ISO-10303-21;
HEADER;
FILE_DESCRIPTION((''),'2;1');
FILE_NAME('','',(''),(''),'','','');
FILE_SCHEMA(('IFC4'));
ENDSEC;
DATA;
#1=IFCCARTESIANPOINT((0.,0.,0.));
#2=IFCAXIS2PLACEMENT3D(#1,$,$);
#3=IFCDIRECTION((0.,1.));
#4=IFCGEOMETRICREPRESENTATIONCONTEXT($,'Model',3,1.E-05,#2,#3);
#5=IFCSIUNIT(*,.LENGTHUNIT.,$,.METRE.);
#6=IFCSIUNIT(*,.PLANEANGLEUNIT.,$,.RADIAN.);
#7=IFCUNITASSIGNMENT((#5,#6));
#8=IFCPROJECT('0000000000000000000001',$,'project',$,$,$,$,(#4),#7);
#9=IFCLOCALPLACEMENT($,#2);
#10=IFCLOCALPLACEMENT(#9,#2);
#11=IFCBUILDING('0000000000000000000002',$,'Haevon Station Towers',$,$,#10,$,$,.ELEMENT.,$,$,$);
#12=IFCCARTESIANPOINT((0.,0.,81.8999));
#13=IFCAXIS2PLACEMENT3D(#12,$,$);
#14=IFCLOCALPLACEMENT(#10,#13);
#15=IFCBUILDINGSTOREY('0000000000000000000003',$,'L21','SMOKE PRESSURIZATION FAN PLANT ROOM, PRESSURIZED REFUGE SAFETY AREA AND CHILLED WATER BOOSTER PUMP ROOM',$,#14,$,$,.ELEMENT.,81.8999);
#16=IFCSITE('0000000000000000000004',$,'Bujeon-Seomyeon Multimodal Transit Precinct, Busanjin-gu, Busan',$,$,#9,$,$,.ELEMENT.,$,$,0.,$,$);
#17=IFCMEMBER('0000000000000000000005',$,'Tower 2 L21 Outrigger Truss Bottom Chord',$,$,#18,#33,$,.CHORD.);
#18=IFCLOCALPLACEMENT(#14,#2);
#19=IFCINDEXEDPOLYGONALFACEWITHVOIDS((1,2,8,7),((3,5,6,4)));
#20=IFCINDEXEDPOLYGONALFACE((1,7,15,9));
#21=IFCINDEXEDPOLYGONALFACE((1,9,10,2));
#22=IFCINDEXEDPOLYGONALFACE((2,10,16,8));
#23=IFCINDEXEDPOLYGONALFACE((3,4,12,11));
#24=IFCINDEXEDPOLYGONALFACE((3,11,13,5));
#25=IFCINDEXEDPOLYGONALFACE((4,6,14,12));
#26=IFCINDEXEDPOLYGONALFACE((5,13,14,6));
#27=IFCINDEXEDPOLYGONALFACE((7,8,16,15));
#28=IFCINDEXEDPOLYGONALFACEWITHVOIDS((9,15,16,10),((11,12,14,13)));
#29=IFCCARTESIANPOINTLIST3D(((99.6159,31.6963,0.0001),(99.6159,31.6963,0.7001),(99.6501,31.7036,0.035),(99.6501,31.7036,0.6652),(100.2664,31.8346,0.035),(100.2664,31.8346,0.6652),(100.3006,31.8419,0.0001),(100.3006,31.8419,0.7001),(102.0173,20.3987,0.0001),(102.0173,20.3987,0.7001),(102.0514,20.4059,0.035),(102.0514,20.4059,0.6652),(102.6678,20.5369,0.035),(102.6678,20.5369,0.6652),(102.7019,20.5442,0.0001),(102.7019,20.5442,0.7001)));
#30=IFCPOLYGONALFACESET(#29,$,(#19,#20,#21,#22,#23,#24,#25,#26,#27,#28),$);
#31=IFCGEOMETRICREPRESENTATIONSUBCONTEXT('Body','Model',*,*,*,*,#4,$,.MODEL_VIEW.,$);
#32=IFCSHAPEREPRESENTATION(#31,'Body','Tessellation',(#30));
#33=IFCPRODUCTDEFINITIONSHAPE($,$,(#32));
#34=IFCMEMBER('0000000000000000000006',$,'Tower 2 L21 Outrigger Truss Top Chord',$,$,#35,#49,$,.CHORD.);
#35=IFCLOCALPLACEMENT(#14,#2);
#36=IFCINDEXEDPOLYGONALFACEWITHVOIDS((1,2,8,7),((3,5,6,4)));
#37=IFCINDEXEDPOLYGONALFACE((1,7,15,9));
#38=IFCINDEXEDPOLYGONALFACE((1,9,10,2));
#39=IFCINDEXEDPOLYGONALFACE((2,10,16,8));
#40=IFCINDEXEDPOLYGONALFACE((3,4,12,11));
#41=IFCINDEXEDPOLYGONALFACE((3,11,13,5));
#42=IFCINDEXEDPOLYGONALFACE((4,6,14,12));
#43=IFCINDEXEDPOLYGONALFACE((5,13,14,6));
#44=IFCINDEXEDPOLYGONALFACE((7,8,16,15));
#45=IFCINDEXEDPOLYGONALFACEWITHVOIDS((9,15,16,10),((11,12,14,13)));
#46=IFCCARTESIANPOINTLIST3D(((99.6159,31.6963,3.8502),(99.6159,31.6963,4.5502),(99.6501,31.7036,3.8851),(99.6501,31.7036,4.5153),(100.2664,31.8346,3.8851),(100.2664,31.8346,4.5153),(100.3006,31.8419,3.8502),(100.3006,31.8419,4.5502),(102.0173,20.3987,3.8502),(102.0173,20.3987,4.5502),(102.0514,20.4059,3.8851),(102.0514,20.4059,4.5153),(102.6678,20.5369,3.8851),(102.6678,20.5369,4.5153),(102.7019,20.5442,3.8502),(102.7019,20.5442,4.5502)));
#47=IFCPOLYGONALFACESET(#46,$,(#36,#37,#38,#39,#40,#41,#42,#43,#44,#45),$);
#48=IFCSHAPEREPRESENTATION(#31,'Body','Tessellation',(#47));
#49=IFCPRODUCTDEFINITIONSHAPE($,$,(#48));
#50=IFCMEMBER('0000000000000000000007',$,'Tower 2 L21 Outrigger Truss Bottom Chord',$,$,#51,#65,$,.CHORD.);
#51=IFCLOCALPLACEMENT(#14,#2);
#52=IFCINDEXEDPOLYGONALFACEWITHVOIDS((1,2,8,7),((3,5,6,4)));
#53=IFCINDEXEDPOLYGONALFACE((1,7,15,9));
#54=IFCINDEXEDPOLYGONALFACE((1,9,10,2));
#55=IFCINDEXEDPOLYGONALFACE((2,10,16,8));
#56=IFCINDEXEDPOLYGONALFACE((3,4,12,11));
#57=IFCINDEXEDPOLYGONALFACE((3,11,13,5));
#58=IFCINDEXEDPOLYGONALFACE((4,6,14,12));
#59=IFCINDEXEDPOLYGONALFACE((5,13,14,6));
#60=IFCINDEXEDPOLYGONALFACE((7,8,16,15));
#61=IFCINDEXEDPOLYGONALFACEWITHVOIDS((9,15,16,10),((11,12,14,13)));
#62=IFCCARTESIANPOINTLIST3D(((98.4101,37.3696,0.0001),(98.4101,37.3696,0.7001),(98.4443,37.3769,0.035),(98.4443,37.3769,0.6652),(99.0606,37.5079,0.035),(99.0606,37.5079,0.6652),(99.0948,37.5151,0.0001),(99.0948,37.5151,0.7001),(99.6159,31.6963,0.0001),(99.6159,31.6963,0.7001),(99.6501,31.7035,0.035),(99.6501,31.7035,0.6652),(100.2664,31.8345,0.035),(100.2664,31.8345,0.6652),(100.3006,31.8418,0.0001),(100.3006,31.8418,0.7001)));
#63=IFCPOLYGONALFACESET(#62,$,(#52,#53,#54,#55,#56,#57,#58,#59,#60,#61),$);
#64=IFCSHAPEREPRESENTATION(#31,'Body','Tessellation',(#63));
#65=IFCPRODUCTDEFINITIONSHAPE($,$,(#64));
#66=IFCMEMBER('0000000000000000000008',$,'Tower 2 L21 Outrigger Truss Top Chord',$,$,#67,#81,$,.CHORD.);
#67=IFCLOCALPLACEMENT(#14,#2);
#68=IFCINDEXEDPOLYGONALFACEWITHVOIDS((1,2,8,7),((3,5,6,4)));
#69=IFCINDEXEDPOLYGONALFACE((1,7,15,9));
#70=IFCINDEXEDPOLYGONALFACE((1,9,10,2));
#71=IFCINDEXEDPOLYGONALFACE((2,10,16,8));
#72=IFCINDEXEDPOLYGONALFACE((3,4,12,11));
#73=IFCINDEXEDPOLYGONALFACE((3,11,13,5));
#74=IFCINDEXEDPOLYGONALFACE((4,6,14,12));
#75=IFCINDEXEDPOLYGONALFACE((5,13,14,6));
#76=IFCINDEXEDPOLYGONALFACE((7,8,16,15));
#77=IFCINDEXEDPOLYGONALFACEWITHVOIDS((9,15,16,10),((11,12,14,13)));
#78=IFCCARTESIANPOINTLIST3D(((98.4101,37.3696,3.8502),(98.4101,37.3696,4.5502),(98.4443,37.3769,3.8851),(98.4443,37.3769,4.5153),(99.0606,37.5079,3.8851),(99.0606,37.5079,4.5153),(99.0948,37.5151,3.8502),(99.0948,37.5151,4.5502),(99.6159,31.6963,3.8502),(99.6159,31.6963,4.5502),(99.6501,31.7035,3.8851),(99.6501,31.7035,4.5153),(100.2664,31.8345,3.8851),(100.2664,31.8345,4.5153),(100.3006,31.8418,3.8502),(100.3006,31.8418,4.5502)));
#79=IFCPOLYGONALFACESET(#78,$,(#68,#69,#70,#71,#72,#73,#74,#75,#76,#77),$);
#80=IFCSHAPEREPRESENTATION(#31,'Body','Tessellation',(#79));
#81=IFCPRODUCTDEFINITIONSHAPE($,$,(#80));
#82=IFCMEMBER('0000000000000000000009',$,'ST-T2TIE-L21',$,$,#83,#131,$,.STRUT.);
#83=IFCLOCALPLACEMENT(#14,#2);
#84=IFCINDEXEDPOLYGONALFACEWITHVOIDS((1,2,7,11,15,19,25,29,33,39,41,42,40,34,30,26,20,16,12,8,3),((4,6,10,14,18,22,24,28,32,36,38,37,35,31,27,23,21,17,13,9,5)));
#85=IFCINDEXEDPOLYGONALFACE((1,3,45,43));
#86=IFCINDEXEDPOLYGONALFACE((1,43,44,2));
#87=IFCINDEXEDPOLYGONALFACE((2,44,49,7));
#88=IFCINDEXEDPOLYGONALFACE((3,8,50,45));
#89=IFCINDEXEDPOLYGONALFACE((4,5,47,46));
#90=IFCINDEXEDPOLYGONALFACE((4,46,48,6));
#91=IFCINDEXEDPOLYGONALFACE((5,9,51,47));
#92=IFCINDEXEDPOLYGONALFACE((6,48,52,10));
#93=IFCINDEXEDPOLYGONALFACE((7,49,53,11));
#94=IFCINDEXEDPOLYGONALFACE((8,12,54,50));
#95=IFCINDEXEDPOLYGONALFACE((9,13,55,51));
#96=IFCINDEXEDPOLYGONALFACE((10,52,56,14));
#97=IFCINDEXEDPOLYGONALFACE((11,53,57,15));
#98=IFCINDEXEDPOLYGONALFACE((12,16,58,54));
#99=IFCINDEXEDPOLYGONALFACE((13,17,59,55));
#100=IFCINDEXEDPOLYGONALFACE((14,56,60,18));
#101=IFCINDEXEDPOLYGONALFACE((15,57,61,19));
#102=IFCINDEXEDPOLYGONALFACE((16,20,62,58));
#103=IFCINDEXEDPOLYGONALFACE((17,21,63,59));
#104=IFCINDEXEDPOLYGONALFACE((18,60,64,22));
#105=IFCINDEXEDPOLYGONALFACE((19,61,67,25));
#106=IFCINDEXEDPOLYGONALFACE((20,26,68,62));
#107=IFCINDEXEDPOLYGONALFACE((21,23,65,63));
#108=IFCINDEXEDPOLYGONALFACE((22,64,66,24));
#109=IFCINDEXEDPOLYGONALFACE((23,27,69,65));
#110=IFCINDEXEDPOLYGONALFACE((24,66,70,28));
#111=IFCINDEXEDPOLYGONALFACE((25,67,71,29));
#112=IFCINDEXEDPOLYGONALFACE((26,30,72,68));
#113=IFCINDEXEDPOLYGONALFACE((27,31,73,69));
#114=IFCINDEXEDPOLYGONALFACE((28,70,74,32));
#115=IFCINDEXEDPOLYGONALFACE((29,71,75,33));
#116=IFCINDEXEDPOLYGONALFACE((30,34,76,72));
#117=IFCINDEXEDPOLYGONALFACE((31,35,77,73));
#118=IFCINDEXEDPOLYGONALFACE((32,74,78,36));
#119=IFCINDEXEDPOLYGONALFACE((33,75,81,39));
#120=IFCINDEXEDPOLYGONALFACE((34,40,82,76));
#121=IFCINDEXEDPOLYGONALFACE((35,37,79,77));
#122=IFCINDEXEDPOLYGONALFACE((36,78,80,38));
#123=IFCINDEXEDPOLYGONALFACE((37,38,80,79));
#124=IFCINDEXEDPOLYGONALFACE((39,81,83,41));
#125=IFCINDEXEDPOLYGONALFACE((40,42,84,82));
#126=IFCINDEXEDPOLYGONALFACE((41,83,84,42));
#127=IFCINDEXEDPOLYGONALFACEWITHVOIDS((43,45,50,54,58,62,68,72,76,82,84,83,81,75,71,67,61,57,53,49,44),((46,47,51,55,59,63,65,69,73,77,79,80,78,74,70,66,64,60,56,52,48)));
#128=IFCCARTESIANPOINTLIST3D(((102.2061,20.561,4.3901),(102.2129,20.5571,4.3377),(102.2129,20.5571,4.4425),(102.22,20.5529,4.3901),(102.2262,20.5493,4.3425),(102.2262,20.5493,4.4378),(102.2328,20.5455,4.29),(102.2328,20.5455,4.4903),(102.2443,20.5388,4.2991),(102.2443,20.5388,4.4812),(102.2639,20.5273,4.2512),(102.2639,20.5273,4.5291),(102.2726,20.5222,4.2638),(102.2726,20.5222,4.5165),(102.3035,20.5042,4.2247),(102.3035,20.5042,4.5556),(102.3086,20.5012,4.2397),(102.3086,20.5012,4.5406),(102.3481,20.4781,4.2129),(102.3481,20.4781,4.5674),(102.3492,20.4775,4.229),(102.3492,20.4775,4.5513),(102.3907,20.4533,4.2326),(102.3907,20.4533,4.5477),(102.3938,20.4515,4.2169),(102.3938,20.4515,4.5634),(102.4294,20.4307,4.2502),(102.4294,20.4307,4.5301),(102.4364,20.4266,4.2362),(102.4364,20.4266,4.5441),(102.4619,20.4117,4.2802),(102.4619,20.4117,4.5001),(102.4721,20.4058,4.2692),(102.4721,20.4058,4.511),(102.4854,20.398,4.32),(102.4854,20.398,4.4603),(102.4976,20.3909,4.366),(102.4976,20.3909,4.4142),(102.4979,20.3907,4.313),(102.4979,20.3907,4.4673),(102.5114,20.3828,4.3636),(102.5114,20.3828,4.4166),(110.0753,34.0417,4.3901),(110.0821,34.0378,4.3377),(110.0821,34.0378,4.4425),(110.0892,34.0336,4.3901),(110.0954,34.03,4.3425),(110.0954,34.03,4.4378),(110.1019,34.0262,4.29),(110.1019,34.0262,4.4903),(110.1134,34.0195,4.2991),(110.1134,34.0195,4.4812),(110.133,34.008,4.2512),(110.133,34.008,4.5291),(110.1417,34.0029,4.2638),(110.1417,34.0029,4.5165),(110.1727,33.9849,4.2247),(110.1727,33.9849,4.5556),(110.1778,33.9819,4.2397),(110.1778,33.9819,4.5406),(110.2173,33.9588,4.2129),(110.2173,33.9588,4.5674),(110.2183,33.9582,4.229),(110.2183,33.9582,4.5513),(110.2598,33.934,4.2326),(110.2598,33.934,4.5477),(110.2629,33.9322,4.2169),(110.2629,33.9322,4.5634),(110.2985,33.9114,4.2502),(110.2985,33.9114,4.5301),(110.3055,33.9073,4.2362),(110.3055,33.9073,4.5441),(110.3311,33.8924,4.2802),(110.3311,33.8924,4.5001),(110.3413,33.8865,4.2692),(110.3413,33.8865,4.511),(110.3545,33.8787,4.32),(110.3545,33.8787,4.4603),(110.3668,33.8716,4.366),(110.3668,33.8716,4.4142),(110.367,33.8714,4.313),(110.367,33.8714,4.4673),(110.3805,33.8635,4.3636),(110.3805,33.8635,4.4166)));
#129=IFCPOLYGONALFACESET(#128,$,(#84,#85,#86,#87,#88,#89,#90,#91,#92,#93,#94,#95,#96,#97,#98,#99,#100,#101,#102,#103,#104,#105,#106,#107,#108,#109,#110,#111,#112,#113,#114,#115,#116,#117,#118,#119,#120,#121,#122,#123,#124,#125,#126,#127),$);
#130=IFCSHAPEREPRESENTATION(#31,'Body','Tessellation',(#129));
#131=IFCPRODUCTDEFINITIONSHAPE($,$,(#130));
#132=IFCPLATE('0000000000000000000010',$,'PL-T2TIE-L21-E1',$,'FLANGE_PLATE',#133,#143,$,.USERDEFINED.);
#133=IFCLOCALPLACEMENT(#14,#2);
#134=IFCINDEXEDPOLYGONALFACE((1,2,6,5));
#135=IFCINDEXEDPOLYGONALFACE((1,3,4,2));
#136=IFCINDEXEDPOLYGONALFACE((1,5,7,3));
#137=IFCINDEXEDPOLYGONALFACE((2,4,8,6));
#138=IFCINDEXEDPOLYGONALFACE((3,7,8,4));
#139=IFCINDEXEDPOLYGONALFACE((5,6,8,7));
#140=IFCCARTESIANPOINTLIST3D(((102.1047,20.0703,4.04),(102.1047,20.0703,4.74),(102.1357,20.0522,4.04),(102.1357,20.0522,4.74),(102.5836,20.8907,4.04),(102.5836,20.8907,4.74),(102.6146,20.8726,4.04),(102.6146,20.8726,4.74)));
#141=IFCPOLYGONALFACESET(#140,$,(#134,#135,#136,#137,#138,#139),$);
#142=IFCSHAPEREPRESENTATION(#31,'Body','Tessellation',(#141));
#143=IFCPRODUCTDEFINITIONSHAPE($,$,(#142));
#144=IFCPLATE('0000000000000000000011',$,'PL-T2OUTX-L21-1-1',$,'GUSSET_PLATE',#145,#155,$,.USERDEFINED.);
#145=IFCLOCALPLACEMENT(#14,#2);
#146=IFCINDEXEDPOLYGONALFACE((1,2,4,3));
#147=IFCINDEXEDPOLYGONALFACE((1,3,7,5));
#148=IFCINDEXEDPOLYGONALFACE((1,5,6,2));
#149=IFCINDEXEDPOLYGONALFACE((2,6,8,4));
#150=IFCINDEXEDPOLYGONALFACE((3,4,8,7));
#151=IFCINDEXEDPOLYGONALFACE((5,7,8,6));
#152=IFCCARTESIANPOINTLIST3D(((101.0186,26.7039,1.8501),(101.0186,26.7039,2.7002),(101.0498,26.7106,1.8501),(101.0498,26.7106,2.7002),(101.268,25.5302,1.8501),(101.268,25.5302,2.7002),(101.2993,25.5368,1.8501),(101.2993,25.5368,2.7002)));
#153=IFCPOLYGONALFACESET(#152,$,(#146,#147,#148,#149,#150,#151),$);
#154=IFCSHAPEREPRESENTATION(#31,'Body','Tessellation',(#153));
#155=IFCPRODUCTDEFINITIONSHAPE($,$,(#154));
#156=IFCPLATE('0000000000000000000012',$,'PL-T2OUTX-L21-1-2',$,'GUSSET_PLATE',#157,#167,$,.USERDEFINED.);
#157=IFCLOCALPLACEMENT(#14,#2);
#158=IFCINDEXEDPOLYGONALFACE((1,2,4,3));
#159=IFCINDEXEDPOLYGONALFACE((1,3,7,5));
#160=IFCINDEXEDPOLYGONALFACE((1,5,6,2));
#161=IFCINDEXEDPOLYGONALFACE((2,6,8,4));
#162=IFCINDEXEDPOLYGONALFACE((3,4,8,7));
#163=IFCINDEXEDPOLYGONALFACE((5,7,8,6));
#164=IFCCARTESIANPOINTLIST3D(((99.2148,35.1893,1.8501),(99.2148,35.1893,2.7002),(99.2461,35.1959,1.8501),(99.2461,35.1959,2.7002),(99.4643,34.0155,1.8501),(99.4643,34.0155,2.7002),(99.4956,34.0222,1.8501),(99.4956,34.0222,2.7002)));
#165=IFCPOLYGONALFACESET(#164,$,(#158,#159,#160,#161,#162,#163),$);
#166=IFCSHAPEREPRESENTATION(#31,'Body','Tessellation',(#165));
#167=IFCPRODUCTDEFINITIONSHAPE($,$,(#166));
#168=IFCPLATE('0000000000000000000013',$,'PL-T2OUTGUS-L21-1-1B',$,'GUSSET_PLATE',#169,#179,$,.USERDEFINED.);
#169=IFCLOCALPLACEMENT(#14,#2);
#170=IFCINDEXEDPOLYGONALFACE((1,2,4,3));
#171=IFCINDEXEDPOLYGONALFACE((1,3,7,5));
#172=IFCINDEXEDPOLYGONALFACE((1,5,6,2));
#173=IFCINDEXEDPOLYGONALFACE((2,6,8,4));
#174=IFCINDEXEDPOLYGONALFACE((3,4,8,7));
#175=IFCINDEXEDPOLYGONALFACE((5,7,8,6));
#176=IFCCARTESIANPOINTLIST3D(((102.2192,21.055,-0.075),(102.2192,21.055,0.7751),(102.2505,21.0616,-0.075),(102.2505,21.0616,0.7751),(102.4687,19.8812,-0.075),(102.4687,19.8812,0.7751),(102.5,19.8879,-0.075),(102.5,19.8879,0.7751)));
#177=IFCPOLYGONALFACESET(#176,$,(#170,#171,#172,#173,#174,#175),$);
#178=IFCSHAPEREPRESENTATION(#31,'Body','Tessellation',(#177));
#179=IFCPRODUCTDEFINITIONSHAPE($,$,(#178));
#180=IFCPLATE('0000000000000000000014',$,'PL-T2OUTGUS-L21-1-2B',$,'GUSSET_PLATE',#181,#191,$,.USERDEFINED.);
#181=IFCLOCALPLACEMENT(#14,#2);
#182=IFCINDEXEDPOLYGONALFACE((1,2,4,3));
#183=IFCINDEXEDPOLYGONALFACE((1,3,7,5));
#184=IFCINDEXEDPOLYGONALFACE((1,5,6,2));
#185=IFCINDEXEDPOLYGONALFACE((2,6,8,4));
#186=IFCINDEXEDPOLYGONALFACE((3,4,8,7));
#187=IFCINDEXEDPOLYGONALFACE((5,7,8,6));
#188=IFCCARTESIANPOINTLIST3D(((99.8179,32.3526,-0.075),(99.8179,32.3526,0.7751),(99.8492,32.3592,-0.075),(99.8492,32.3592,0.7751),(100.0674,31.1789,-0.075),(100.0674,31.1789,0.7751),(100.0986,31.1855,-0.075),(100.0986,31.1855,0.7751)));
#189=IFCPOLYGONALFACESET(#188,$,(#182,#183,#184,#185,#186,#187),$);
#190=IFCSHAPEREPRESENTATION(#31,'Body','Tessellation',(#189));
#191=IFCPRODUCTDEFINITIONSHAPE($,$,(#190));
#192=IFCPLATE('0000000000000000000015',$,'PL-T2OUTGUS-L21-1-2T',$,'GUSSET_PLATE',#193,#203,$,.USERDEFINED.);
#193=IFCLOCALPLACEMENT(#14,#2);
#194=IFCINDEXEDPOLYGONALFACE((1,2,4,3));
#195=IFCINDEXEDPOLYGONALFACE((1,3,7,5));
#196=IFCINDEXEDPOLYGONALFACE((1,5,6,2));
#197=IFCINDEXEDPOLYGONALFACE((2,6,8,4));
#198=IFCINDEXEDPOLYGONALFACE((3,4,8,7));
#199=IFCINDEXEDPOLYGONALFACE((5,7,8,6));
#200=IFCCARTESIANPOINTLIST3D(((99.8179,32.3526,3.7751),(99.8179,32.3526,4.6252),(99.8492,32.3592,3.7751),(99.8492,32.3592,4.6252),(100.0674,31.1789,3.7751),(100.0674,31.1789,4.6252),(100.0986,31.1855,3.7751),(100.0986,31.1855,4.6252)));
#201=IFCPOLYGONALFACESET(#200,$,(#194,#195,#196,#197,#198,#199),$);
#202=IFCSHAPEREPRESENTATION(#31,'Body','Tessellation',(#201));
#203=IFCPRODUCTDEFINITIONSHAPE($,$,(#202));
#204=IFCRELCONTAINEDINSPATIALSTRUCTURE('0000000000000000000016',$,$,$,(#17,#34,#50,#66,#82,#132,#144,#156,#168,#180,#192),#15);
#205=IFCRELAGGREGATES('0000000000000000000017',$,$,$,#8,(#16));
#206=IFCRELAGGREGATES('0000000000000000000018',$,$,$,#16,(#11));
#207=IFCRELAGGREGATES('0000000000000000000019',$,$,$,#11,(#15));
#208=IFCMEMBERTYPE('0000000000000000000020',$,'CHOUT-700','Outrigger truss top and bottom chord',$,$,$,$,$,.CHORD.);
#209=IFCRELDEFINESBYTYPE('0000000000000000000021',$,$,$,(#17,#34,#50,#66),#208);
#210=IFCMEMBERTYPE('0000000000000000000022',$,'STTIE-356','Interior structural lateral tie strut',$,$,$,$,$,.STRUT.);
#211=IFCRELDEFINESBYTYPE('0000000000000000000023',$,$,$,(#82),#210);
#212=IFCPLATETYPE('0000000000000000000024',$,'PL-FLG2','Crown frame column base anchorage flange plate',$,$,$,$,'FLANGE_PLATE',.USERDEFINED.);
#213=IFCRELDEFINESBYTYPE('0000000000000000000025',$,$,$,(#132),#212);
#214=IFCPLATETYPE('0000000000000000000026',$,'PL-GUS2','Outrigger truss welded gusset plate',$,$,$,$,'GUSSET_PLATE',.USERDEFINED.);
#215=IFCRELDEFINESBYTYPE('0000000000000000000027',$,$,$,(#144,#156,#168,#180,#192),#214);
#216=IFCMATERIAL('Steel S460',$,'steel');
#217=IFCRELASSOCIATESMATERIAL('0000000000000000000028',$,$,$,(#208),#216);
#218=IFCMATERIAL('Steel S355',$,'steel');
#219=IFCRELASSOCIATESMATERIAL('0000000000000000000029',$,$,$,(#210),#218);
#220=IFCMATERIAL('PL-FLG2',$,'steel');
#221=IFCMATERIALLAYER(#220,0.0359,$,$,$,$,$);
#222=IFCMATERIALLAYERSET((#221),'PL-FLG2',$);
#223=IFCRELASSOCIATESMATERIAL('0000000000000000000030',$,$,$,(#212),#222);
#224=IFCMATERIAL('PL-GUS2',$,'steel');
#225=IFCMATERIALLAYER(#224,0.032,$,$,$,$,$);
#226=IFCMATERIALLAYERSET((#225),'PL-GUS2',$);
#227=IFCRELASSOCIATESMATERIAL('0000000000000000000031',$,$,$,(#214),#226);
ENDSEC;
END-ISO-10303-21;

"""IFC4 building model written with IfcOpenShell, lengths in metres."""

from ifc_helpers import new_model, si_unit, direction, frame, origin, origin_2d, place, context, subcontext, project, spatial, rectangle, hollow_rectangle, hollow_circle, extrude, material, layer, layer_set, material_profile, profile_set, type_object, element, save


model = new_model("IFC4")

# Units and contexts
model_context = context("Model", 3, precision=1e-05, world=origin(), true_north=direction((0.0, 1.0)))
body_context = subcontext(model_context, "Body", "Model", "MODEL_VIEW")
ifc_project = project(units=[si_unit("LENGTHUNIT", "METRE"), si_unit("PLANEANGLEUNIT", "RADIAN")], contexts=[model_context])

# Site, building, storey
site_placement = place(None, origin())
site = spatial("IfcSite", under=ifc_project, at=site_placement, Name="Bujeon-Seomyeon Multimodal Transit Precinct, Busanjin-gu, Busan", CompositionType="ELEMENT", RefElevation=0.0)
building_placement = place(site_placement, origin())
building = spatial("IfcBuilding", under=site, at=building_placement, Name="Haevon Station Towers", CompositionType="ELEMENT")
storey_placement = place(building_placement, frame((0.0, 0.0, 81.8999)))
storey = spatial("IfcBuildingStorey", under=building, at=storey_placement, Name="L21", Description="SMOKE PRESSURIZATION FAN PLANT ROOM, PRESSURIZED REFUGE SAFETY AREA AND CHILLED WATER BOOSTER PUMP ROOM", CompositionType="ELEMENT", Elevation=81.8999)

# Shared definitions
ifc_material_1 = material(Name="Steel S460", Category="steel")

# Shared definitions
ifc_material_2 = material(Name="Steel S355", Category="steel")

# Members
ifc_material_profile_1 = material_profile(ifc_material_1, hollow_rectangle(XDim=0.7, YDim=0.7, WallThickness=0.0349, at=origin_2d()), Name="RHS-700x700x35")
ifc_profile_set_1 = profile_set([ifc_material_profile_1], Name="Steel S460")
member_type_1 = type_object("IfcMemberType", Name="CHOUT-700", Description="Outrigger truss top and bottom chord", PredefinedType="CHORD", material=ifc_profile_set_1)
for number, where, z_axis, x_axis, name in (
    (1, (102.3596, 20.4714, 0.3501), (-0.207911, 0.978148, 0.0), (-0.978148, -0.207911, 0.0), "Tower 2 L21 Outrigger Truss Bottom Chord"),
    (2, (102.3596, 20.4714, 4.2002), (-0.207911, 0.978148, 0.0), (-0.978148, -0.207911, 0.0), "Tower 2 L21 Outrigger Truss Top Chord"),
):
    element("IfcMember", number, at=place(storey_placement, frame(where, z_axis=z_axis, x_axis=x_axis)), inside=storey, type_object=member_type_1, Name=name, PredefinedType="CHORD", context=body_context, shape_type="SweptSolid", body=[
        extrude(hollow_rectangle(XDim=0.7, YDim=0.7, WallThickness=0.0349, at=origin_2d()), origin(), (0.0, 0.0, 1.0), 11.55),
    ])
for number, where, z_axis, x_axis, name in (
    (3, (99.9583, 31.769, 0.3501), (-0.207896, 0.978151, 0.0), (-0.978151, -0.207896, 0.0), "Tower 2 L21 Outrigger Truss Bottom Chord"),
    (4, (99.9583, 31.769, 4.2002), (-0.207896, 0.978151, 0.0), (-0.978151, -0.207896, 0.0), "Tower 2 L21 Outrigger Truss Top Chord"),
):
    element("IfcMember", number, at=place(storey_placement, frame(where, z_axis=z_axis, x_axis=x_axis)), inside=storey, type_object=member_type_1, Name=name, PredefinedType="CHORD", context=body_context, shape_type="SweptSolid", body=[
        extrude(hollow_rectangle(XDim=0.7, YDim=0.7, WallThickness=0.0349, at=origin_2d()), origin(), (0.0, 0.0, 1.0), 5.8),
    ])
ifc_material_profile_2 = material_profile(ifc_material_2, hollow_circle(Radius=0.1777, WallThickness=0.0161, at=origin_2d()), Name="CHS-355.6x16")
ifc_profile_set_2 = profile_set([ifc_material_profile_2], Name="Steel S355")
member_type_2 = type_object("IfcMemberType", Name="STTIE-356", Description="Interior structural lateral tie strut", PredefinedType="STRUT", material=ifc_profile_set_2)
member_1_placement = place(storey_placement, frame((102.3596, 20.4714, 4.3901), z_axis=(0.504129, 0.863629, 0.0), x_axis=(-0.863629, 0.504129, 0.0)))
element("IfcMember", 5, at=member_1_placement, inside=storey, type_object=member_type_2, Name="ST-T2TIE-L21", PredefinedType="STRUT", context=body_context, shape_type="SweptSolid", body=[
    extrude(hollow_circle(Radius=0.1777, WallThickness=0.0161, at=origin_2d()), origin(), (0.0, 0.0, 1.0), 15.6094),
])

# Plates
ifc_material_3 = material(Name="PL-FLG2", Category="steel")
ifc_layer_1 = layer(ifc_material_3, 0.0359)
ifc_layer_set_1 = layer_set([ifc_layer_1], Name="PL-FLG2")
plate_type_1 = type_object("IfcPlateType", Name="PL-FLG2", Description="Crown frame column base anchorage flange plate", ElementType="FLANGE_PLATE", PredefinedType="USERDEFINED", material=ifc_layer_set_1)
plate_placement = place(storey_placement, frame((102.3596, 20.4714, 4.04), z_axis=(0.0, 0.0, 1.0), x_axis=(0.504131, 0.863627, 0.0)))
element("IfcPlate", 6, at=plate_placement, inside=storey, type_object=plate_type_1, Name="PL-T2TIE-L21-E1", ObjectType="FLANGE_PLATE", PredefinedType="USERDEFINED", context=body_context, shape_type="SweptSolid", body=[
    extrude(rectangle(XDim=0.95, YDim=0.0359, at=origin_2d()), origin(), (0.0, 0.0, 1.0), 0.7),
])
ifc_material_4 = material(Name="PL-GUS2", Category="steel")
ifc_layer_2 = layer(ifc_material_4, 0.032)
ifc_layer_set_2 = layer_set([ifc_layer_2], Name="PL-GUS2")
plate_type_2 = type_object("IfcPlateType", Name="PL-GUS2", Description="Outrigger truss welded gusset plate", ElementType="GUSSET_PLATE", PredefinedType="USERDEFINED", material=ifc_layer_set_2)
for number, where, z_axis, x_axis, name in (
    (7, (101.1589, 26.1204, 1.8501), (0.0, 0.0, 1.0), (-0.207912, 0.978148, 0.0), "PL-T2OUTX-L21-1-1"),
    (8, (99.3552, 34.6057, 1.8501), (0.0, 0.0, 1.0), (-0.207912, 0.978148, 0.0), "PL-T2OUTX-L21-1-2"),
    (9, (102.3596, 20.4714, -0.075), (0.0, 0.0, 1.0), (-0.207912, 0.978148, 0.0), "PL-T2OUTGUS-L21-1-1B"),
    (10, (99.9583, 31.769, -0.075), (0.0, 0.0, 1.0), (-0.207912, 0.978148, 0.0), "PL-T2OUTGUS-L21-1-2B"),
    (11, (99.9583, 31.769, 3.7751), (0.0, 0.0, 1.0), (-0.207912, 0.978148, 0.0), "PL-T2OUTGUS-L21-1-2T"),
):
    element("IfcPlate", number, at=place(storey_placement, frame(where, z_axis=z_axis, x_axis=x_axis)), inside=storey, type_object=plate_type_2, Name=name, ObjectType="GUSSET_PLATE", PredefinedType="USERDEFINED", context=body_context, shape_type="SweptSolid", body=[
        extrude(rectangle(XDim=1.2, YDim=0.032, at=origin_2d()), origin(), (0.0, 0.0, 1.0), 0.8501),
    ])

save(model, "model.ifc")
